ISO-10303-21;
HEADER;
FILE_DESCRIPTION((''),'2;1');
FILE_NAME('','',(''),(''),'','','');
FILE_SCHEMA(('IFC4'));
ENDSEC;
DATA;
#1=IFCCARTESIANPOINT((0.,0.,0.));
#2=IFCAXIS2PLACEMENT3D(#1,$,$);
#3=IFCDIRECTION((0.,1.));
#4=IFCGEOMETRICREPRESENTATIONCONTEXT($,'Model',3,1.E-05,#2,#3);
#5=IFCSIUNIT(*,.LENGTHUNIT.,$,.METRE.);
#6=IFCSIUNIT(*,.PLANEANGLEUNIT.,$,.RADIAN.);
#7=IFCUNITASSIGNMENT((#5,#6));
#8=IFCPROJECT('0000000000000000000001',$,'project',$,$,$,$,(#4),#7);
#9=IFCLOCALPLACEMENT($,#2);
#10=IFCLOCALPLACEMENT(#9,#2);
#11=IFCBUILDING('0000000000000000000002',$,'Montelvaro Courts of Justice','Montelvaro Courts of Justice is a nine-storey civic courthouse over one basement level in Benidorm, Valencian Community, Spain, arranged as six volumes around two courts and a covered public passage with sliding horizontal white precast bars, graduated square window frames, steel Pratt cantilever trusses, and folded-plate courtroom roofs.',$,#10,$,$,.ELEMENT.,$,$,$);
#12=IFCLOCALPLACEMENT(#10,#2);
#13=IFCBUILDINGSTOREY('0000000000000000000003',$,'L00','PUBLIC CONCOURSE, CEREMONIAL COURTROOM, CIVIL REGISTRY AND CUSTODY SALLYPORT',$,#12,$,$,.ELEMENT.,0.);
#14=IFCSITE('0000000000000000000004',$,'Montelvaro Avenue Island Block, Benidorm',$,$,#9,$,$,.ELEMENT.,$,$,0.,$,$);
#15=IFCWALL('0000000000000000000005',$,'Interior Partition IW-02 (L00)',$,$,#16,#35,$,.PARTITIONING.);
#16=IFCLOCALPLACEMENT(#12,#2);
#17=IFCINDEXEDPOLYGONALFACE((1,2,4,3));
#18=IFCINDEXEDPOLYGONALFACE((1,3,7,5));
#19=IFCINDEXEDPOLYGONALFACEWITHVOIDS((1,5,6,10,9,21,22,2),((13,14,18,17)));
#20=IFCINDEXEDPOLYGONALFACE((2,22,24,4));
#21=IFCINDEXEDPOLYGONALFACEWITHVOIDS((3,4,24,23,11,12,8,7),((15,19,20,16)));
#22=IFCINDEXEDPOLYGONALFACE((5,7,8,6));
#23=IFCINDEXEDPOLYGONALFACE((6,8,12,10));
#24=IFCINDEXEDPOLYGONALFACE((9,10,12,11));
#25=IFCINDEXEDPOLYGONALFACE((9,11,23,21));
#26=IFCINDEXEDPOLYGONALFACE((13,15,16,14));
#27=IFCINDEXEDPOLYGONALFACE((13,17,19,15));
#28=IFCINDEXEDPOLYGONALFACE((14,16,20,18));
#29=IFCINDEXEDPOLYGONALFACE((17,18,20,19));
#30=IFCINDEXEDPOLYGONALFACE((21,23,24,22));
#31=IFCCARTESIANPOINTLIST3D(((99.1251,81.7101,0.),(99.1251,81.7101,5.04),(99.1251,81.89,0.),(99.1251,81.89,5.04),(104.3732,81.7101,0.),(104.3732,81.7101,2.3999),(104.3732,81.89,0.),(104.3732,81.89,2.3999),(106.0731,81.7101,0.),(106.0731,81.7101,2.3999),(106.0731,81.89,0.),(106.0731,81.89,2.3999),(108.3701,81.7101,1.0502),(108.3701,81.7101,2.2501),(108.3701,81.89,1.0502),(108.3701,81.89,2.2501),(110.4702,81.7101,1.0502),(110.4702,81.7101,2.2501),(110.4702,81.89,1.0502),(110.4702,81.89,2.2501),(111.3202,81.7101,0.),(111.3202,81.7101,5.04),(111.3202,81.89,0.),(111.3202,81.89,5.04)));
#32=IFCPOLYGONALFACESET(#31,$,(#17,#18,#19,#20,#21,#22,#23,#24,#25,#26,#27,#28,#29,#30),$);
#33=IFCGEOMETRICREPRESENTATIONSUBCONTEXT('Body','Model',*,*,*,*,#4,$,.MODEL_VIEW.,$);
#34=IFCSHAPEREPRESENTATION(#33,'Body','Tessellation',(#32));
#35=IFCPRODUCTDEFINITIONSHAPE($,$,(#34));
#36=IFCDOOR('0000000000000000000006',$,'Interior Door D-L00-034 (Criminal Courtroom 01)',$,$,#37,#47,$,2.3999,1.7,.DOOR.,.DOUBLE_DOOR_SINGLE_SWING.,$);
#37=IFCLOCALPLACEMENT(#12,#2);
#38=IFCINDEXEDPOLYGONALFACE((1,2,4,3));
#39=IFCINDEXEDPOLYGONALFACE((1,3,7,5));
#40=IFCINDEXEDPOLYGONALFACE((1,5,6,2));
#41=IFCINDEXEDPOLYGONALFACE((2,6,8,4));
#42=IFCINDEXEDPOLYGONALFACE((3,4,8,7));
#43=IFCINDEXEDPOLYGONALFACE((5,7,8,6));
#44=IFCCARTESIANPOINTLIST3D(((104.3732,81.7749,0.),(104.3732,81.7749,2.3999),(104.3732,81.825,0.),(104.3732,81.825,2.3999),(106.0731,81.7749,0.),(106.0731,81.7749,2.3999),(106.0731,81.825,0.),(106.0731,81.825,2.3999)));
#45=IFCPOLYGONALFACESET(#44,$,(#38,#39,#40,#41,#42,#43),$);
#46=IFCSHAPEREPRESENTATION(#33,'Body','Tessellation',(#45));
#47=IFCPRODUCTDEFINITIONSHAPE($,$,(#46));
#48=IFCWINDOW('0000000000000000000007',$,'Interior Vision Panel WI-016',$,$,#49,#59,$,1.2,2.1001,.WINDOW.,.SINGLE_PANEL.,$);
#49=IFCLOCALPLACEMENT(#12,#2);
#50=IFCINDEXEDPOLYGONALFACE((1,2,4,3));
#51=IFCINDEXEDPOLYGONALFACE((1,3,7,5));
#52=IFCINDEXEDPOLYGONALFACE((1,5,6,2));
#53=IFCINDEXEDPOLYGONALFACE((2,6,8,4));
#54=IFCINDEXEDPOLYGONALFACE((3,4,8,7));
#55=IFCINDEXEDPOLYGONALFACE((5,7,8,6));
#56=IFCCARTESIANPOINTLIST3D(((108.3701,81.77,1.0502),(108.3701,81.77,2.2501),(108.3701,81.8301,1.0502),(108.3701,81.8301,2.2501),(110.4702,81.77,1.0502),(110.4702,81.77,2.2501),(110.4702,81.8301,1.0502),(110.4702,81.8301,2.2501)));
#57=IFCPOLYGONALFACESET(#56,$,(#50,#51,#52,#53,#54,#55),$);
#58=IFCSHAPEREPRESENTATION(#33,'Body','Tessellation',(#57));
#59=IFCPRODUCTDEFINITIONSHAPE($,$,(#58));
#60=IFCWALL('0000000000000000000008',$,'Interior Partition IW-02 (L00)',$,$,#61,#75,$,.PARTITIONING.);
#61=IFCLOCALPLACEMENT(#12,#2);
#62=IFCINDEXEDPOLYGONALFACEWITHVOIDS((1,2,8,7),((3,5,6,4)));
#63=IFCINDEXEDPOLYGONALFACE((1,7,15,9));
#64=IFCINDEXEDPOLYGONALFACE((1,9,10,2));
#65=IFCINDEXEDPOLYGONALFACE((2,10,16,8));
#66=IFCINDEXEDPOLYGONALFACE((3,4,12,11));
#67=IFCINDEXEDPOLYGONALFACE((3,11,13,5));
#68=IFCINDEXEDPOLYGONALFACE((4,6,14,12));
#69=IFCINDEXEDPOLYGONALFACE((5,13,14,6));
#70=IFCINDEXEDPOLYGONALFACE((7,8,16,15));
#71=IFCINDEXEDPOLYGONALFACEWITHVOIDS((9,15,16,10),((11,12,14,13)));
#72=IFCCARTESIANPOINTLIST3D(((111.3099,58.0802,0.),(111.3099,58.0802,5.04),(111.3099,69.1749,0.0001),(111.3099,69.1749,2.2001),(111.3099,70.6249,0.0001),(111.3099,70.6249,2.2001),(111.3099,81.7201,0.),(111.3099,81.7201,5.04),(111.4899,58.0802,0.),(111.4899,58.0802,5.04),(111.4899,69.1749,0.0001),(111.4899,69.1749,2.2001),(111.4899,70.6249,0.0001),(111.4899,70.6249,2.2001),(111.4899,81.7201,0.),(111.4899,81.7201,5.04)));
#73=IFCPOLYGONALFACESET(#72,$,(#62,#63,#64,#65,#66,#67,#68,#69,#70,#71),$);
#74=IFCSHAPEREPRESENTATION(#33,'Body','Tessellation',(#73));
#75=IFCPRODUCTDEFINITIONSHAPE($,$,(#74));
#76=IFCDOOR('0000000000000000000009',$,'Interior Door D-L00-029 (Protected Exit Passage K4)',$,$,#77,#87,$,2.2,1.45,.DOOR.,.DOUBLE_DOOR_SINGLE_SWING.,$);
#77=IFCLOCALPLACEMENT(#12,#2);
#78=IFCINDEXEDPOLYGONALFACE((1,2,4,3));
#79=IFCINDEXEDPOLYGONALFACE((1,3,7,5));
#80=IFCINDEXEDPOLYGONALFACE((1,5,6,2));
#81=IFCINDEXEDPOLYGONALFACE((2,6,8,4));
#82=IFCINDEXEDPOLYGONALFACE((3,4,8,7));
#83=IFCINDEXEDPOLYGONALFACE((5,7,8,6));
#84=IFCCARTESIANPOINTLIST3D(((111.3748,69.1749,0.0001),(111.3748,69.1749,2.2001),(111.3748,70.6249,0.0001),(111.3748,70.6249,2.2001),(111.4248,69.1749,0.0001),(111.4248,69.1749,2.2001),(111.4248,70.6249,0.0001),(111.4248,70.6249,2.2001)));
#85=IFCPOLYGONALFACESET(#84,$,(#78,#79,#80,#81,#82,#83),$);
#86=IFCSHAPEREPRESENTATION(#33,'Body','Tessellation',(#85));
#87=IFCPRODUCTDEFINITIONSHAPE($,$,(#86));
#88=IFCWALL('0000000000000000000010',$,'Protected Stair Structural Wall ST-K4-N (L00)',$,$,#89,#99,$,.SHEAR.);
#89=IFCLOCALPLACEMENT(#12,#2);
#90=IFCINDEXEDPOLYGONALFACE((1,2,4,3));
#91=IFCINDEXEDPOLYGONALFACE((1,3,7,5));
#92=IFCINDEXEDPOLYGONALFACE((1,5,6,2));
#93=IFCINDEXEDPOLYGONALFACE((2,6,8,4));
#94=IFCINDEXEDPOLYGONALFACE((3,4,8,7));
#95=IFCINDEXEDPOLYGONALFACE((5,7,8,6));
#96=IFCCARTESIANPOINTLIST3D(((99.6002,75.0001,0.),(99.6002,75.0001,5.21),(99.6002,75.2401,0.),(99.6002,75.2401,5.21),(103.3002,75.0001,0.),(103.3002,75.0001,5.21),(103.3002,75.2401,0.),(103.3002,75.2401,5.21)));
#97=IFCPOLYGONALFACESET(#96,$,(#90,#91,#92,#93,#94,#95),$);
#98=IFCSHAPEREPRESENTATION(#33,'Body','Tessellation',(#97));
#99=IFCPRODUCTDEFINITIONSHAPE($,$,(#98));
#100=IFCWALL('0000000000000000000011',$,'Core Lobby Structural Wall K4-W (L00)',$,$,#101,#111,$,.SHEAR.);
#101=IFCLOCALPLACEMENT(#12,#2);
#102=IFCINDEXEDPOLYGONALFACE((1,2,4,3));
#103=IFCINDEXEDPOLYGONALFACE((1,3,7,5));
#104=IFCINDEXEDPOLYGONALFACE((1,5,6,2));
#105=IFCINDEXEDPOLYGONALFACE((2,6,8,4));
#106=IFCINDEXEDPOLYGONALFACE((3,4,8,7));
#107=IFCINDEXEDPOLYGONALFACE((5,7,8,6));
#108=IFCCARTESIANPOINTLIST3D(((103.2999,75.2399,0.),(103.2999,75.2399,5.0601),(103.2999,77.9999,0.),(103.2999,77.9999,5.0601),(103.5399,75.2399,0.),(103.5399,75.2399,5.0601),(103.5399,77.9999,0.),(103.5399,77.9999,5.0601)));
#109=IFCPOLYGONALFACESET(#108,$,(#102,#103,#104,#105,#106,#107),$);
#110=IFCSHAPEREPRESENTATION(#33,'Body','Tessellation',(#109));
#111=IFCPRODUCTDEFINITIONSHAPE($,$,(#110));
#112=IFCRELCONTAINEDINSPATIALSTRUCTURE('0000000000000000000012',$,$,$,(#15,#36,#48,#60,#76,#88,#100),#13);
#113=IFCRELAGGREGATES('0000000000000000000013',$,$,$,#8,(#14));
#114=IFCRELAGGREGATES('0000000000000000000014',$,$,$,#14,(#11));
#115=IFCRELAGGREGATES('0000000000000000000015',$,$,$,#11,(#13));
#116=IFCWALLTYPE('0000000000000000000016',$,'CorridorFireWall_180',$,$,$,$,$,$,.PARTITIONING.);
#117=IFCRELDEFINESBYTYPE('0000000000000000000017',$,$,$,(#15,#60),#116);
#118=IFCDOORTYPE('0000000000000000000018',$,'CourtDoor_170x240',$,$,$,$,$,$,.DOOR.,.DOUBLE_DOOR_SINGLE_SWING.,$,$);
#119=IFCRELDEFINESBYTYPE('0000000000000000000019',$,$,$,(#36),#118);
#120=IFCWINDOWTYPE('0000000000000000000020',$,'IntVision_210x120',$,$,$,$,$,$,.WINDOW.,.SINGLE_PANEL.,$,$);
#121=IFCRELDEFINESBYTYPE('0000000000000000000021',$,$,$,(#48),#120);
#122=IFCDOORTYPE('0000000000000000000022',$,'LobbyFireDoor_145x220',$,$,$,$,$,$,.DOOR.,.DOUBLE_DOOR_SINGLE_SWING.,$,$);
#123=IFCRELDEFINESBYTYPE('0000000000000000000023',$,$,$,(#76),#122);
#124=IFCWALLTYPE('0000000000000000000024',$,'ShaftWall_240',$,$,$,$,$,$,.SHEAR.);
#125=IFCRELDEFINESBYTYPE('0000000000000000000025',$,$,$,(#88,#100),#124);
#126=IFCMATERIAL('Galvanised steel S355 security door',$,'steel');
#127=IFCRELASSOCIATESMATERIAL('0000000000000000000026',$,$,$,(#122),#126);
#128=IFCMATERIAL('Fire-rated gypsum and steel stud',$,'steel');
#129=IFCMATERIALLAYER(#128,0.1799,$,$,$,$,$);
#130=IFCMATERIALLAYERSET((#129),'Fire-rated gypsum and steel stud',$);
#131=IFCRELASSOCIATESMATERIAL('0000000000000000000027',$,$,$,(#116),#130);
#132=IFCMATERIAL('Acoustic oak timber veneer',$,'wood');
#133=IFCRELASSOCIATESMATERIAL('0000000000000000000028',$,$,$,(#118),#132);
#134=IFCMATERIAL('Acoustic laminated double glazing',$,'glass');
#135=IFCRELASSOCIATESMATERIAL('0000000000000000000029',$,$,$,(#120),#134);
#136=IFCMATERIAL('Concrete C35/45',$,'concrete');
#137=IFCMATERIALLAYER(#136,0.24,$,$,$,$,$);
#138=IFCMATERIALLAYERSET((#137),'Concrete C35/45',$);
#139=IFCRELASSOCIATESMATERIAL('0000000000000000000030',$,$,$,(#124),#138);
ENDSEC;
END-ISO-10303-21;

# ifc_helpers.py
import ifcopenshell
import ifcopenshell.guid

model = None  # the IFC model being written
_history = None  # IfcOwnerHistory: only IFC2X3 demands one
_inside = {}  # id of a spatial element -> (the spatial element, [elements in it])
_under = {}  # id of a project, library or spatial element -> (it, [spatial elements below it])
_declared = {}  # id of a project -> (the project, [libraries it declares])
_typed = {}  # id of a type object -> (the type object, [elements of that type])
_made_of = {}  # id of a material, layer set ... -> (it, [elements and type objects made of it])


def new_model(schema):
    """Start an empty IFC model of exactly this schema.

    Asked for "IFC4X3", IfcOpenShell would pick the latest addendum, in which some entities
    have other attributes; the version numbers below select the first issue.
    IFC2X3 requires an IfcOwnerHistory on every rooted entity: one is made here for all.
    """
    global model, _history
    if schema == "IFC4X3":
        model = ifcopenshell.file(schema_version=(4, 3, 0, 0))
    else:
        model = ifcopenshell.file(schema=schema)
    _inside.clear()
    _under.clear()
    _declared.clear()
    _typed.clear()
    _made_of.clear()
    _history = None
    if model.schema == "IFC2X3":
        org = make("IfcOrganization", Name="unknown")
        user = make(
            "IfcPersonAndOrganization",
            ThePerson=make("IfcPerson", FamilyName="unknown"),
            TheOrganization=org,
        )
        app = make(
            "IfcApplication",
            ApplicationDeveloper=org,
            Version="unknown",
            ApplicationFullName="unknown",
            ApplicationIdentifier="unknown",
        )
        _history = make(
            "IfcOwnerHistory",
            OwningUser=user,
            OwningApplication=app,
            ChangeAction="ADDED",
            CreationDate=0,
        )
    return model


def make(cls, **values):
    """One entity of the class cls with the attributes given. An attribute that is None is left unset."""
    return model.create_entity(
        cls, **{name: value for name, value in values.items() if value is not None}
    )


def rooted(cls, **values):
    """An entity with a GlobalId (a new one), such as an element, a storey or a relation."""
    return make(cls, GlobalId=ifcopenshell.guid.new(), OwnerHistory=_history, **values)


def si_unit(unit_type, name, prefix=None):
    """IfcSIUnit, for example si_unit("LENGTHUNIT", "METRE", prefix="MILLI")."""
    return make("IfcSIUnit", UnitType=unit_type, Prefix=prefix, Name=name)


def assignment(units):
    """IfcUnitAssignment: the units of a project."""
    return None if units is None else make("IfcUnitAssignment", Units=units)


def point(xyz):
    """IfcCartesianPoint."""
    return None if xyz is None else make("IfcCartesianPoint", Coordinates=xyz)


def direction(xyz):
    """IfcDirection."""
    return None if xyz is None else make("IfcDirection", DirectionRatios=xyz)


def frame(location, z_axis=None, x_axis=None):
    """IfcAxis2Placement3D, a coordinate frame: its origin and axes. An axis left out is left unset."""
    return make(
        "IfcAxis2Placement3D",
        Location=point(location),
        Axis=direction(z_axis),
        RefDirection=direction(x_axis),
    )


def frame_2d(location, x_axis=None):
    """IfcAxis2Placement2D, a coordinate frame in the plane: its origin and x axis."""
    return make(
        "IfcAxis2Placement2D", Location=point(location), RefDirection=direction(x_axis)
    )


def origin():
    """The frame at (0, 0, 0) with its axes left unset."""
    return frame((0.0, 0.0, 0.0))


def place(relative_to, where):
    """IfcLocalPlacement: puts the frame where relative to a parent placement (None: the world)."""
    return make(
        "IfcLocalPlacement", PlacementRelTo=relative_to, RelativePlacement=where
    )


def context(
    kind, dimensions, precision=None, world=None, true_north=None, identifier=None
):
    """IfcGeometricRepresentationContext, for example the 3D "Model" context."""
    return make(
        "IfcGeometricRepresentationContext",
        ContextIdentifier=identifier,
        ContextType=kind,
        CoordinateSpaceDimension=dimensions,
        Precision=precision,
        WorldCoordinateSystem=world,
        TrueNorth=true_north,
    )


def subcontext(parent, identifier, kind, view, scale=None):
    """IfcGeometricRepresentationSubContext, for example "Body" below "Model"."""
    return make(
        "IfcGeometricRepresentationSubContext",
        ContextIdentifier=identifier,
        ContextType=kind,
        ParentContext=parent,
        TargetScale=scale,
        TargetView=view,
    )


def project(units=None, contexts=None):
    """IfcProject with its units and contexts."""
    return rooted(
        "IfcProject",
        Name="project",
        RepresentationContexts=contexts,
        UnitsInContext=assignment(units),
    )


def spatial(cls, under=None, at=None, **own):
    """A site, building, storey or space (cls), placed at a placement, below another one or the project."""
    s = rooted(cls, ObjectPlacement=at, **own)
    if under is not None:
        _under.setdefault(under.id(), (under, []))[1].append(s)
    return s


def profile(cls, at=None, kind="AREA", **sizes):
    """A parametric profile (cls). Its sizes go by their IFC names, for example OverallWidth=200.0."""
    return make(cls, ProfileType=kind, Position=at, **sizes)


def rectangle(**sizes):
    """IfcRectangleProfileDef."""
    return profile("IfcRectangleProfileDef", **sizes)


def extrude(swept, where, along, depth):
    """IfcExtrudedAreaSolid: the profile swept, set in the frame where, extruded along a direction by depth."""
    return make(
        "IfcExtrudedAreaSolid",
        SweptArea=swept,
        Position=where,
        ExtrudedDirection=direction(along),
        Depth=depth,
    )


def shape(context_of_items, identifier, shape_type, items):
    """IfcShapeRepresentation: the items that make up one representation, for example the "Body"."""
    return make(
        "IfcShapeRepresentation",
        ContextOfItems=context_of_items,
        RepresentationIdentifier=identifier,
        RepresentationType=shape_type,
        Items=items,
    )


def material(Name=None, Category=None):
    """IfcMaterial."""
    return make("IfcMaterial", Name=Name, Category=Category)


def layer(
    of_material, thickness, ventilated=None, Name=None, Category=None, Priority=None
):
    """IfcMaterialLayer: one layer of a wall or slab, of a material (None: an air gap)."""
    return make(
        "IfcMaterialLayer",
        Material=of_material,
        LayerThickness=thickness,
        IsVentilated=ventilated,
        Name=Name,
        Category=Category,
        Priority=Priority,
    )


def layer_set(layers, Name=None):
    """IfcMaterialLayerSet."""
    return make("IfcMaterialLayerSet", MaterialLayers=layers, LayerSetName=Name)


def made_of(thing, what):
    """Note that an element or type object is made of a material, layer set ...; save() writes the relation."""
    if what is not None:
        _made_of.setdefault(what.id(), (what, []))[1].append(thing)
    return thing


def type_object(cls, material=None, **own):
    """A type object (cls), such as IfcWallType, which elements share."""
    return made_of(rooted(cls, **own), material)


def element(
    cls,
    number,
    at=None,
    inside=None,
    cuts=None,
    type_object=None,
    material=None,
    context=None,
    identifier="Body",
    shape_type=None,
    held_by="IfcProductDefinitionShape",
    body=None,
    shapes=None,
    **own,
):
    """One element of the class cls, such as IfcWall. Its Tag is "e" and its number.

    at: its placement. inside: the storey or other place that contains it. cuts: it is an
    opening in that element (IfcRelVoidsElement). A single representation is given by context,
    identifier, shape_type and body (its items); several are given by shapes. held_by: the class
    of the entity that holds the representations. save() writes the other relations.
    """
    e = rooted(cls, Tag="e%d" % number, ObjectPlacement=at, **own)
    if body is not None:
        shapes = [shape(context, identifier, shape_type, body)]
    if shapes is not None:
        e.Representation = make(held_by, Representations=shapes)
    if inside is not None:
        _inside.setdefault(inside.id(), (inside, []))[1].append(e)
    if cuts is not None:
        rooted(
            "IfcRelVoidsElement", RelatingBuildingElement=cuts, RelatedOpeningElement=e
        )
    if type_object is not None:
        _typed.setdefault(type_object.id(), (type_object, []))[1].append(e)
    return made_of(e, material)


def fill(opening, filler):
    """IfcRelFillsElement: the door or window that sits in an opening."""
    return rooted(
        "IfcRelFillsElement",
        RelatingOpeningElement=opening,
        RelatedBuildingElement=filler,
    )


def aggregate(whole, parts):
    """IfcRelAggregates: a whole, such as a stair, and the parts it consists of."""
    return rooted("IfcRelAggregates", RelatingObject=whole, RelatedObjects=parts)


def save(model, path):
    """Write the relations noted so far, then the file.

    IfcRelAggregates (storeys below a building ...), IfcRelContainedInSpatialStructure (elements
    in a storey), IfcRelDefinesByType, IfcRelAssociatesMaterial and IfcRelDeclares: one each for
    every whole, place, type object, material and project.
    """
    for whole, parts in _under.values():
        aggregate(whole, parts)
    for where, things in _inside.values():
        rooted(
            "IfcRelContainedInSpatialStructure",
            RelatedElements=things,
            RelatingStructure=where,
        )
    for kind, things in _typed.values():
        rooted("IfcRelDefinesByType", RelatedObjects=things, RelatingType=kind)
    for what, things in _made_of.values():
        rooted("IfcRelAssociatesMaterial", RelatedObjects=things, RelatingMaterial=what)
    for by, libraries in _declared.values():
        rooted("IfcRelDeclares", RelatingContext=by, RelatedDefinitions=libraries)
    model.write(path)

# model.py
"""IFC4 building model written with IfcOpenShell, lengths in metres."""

from ifc_helpers import new_model, si_unit, direction, frame, frame_2d, origin, place, context, subcontext, project, spatial, rectangle, extrude, material, layer, layer_set, type_object, element, fill, save


model = new_model("IFC4")

# Units and contexts
model_context = context("Model", 3, precision=1e-05, world=origin(), true_north=direction((0.0, 1.0)))
body_context = subcontext(model_context, "Body", "Model", "MODEL_VIEW")
ifc_project = project(units=[si_unit("LENGTHUNIT", "METRE"), si_unit("PLANEANGLEUNIT", "RADIAN")], contexts=[model_context])

# Site, building, storey
site_placement = place(None, origin())
site = spatial("IfcSite", under=ifc_project, at=site_placement, Name="Montelvaro Avenue Island Block, Benidorm", CompositionType="ELEMENT", RefElevation=0.0)
building_placement = place(site_placement, origin())
building = spatial("IfcBuilding", under=site, at=building_placement, Name="Montelvaro Courts of Justice", Description="Montelvaro Courts of Justice is a nine-storey civic courthouse over one basement level in Benidorm, Valencian Community, Spain, arranged as six volumes around two courts and a covered public passage with sliding horizontal white precast bars, graduated square window frames, steel Pratt cantilever trusses, and folded-plate courtroom roofs.", CompositionType="ELEMENT")
storey_placement = place(building_placement, origin())
storey = spatial("IfcBuildingStorey", under=building, at=storey_placement, Name="L00", Description="PUBLIC CONCOURSE, CEREMONIAL COURTROOM, CIVIL REGISTRY AND CUSTODY SALLYPORT", CompositionType="ELEMENT", Elevation=0.0)

# Shared definitions
ifc_material_1 = material(Name="Galvanised steel S355 security door", Category="steel")
door_type_1 = type_object("IfcDoorType", Name="LobbyFireDoor_145x220", OperationType="DOUBLE_DOOR_SINGLE_SWING", PredefinedType="DOOR", material=ifc_material_1)

# Wall, openings, door, window
ifc_material_2 = material(Name="Fire-rated gypsum and steel stud", Category="steel")
ifc_layer_1 = layer(ifc_material_2, 0.1799)
ifc_layer_set_1 = layer_set([ifc_layer_1], Name="Fire-rated gypsum and steel stud")
wall_type_1 = type_object("IfcWallType", Name="CorridorFireWall_180", PredefinedType="PARTITIONING", material=ifc_layer_set_1)
wall_1_placement = place(storey_placement, frame((99.125, 81.8, 0.0), z_axis=(0.0, 0.0, 1.0), x_axis=(1.0, 0.0, 0.0)))
wall_1 = element("IfcWall", 1, at=wall_1_placement, inside=storey, type_object=wall_type_1, Name="Interior Partition IW-02 (L00)", PredefinedType="PARTITIONING", context=body_context, shape_type="SweptSolid", body=[
    extrude(rectangle(XDim=12.1951, YDim=0.1799, at=frame_2d((6.0977, 0.0))), origin(), (0.0, 0.0, 1.0), 5.04),
])
opening_1_placement = place(wall_1_placement, frame((5.248, 0.0, 0.0)))
opening_1 = element("IfcOpeningElement", 2, at=opening_1_placement, cuts=wall_1, PredefinedType="OPENING", context=body_context, shape_type="SweptSolid", body=[
    extrude(rectangle(XDim=1.7, YDim=2.3999, at=frame_2d((0.8501, 1.2))), frame((0.0, 0.105, 0.0), z_axis=(0.0, -1.0, 0.0), x_axis=(1.0, 0.0, 0.0)), (0.0, 0.0, 1.0), 0.2097),
])
opening_2_placement = place(wall_1_placement, frame((9.2451, 0.0, 1.05)))
opening_2 = element("IfcOpeningElement", 3, at=opening_2_placement, cuts=wall_1, PredefinedType="OPENING", context=body_context, shape_type="SweptSolid", body=[
    extrude(rectangle(XDim=2.1001, YDim=1.2, at=frame_2d((1.05, 0.6001))), frame((0.0, 0.105, 0.0), z_axis=(0.0, -1.0, 0.0), x_axis=(1.0, 0.0, 0.0)), (0.0, 0.0, 1.0), 0.2097),
])
ifc_material_3 = material(Name="Acoustic oak timber veneer", Category="wood")
door_type_2 = type_object("IfcDoorType", Name="CourtDoor_170x240", OperationType="DOUBLE_DOOR_SINGLE_SWING", PredefinedType="DOOR", material=ifc_material_3)
door_1_placement = place(opening_1_placement, origin())
door_1 = element("IfcDoor", 4, at=door_1_placement, inside=storey, type_object=door_type_2, Name="Interior Door D-L00-034 (Criminal Courtroom 01)", OperationType="DOUBLE_DOOR_SINGLE_SWING", OverallHeight=2.3999, OverallWidth=1.7, PredefinedType="DOOR", context=body_context, shape_type="SweptSolid", body=[
    extrude(rectangle(XDim=1.7, YDim=2.3999, at=frame_2d((0.8501, 1.2))), frame((0.0, 0.0249, 0.0), z_axis=(0.0, -1.0, 0.0), x_axis=(1.0, 0.0, 0.0)), (0.0, 0.0, 1.0), 0.05),
])
fill(opening_1, door_1)
ifc_material_4 = material(Name="Acoustic laminated double glazing", Category="glass")
window_type = type_object("IfcWindowType", Name="IntVision_210x120", PartitioningType="SINGLE_PANEL", PredefinedType="WINDOW", material=ifc_material_4)
window_placement = place(opening_2_placement, origin())
window = element("IfcWindow", 5, at=window_placement, inside=storey, type_object=window_type, Name="Interior Vision Panel WI-016", OverallHeight=1.2, OverallWidth=2.1001, PartitioningType="SINGLE_PANEL", PredefinedType="WINDOW", context=body_context, shape_type="SweptSolid", body=[
    extrude(rectangle(XDim=2.1001, YDim=1.2, at=frame_2d((1.05, 0.6001))), frame((0.0, 0.03, 0.0), z_axis=(0.0, -1.0, 0.0), x_axis=(1.0, 0.0, 0.0)), (0.0, 0.0, 1.0), 0.0601),
])
fill(opening_2, window)

# Wall, opening, door
wall_2_placement = place(storey_placement, frame((111.3999, 81.72, 0.0), z_axis=(0.0, 0.0, 1.0), x_axis=(0.0, -1.0, 0.0)))
wall_2 = element("IfcWall", 6, at=wall_2_placement, inside=storey, type_object=wall_type_1, Name="Interior Partition IW-02 (L00)", PredefinedType="PARTITIONING", context=body_context, shape_type="SweptSolid", body=[
    extrude(rectangle(XDim=23.6399, YDim=0.1799, at=frame_2d((11.8198, 0.0))), origin(), (0.0, 0.0, 1.0), 5.04),
])
opening_3_placement = place(wall_2_placement, frame((11.095, 0.0, 0.0)))
opening_3 = element("IfcOpeningElement", 7, at=opening_3_placement, cuts=wall_2, PredefinedType="OPENING", context=body_context, shape_type="SweptSolid", body=[
    extrude(rectangle(XDim=1.45, YDim=2.2, at=frame_2d((0.7251, 1.1001))), frame((0.0, 0.105, 0.0), z_axis=(0.0, -1.0, 0.0), x_axis=(1.0, 0.0, 0.0)), (0.0, 0.0, 1.0), 0.2097),
])
door_2_placement = place(opening_3_placement, origin())
door_2 = element("IfcDoor", 8, at=door_2_placement, inside=storey, type_object=door_type_1, Name="Interior Door D-L00-029 (Protected Exit Passage K4)", OperationType="DOUBLE_DOOR_SINGLE_SWING", OverallHeight=2.2, OverallWidth=1.45, PredefinedType="DOOR", context=body_context, shape_type="SweptSolid", body=[
    extrude(rectangle(XDim=1.45, YDim=2.2, at=frame_2d((0.7251, 1.1001))), frame((0.0, 0.0249, 0.0), z_axis=(0.0, -1.0, 0.0), x_axis=(1.0, 0.0, 0.0)), (0.0, 0.0, 1.0), 0.05),
])
fill(opening_3, door_2)

# Walls
ifc_material_5 = material(Name="Concrete C35/45", Category="concrete")
ifc_layer_2 = layer(ifc_material_5, 0.24)
ifc_layer_set_2 = layer_set([ifc_layer_2], Name="Concrete C35/45")
wall_type_2 = type_object("IfcWallType", Name="ShaftWall_240", PredefinedType="SHEAR", material=ifc_layer_set_2)
wall_3_placement = place(storey_placement, frame((99.6001, 75.1201, 0.0), z_axis=(0.0, 0.0, 1.0), x_axis=(1.0, 0.0, 0.0)))
element("IfcWall", 9, at=wall_3_placement, inside=storey, type_object=wall_type_2, Name="Protected Stair Structural Wall ST-K4-N (L00)", PredefinedType="SHEAR", context=body_context, shape_type="SweptSolid", body=[
    extrude(rectangle(XDim=3.7, YDim=0.24, at=frame_2d((1.8501, 0.0))), origin(), (0.0, 0.0, 1.0), 5.21),
])
wall_4_placement = place(storey_placement, frame((103.4199, 75.24, 0.0), z_axis=(0.0, 0.0, 1.0), x_axis=(0.0, 1.0, 0.0)))
element("IfcWall", 10, at=wall_4_placement, inside=storey, type_object=wall_type_2, Name="Core Lobby Structural Wall K4-W (L00)", PredefinedType="SHEAR", context=body_context, shape_type="SweptSolid", body=[
    extrude(rectangle(XDim=2.76, YDim=0.24, at=frame_2d((1.3799, 0.0))), origin(), (0.0, 0.0, 1.0), 5.0601),
])

save(model, "model.ifc")
